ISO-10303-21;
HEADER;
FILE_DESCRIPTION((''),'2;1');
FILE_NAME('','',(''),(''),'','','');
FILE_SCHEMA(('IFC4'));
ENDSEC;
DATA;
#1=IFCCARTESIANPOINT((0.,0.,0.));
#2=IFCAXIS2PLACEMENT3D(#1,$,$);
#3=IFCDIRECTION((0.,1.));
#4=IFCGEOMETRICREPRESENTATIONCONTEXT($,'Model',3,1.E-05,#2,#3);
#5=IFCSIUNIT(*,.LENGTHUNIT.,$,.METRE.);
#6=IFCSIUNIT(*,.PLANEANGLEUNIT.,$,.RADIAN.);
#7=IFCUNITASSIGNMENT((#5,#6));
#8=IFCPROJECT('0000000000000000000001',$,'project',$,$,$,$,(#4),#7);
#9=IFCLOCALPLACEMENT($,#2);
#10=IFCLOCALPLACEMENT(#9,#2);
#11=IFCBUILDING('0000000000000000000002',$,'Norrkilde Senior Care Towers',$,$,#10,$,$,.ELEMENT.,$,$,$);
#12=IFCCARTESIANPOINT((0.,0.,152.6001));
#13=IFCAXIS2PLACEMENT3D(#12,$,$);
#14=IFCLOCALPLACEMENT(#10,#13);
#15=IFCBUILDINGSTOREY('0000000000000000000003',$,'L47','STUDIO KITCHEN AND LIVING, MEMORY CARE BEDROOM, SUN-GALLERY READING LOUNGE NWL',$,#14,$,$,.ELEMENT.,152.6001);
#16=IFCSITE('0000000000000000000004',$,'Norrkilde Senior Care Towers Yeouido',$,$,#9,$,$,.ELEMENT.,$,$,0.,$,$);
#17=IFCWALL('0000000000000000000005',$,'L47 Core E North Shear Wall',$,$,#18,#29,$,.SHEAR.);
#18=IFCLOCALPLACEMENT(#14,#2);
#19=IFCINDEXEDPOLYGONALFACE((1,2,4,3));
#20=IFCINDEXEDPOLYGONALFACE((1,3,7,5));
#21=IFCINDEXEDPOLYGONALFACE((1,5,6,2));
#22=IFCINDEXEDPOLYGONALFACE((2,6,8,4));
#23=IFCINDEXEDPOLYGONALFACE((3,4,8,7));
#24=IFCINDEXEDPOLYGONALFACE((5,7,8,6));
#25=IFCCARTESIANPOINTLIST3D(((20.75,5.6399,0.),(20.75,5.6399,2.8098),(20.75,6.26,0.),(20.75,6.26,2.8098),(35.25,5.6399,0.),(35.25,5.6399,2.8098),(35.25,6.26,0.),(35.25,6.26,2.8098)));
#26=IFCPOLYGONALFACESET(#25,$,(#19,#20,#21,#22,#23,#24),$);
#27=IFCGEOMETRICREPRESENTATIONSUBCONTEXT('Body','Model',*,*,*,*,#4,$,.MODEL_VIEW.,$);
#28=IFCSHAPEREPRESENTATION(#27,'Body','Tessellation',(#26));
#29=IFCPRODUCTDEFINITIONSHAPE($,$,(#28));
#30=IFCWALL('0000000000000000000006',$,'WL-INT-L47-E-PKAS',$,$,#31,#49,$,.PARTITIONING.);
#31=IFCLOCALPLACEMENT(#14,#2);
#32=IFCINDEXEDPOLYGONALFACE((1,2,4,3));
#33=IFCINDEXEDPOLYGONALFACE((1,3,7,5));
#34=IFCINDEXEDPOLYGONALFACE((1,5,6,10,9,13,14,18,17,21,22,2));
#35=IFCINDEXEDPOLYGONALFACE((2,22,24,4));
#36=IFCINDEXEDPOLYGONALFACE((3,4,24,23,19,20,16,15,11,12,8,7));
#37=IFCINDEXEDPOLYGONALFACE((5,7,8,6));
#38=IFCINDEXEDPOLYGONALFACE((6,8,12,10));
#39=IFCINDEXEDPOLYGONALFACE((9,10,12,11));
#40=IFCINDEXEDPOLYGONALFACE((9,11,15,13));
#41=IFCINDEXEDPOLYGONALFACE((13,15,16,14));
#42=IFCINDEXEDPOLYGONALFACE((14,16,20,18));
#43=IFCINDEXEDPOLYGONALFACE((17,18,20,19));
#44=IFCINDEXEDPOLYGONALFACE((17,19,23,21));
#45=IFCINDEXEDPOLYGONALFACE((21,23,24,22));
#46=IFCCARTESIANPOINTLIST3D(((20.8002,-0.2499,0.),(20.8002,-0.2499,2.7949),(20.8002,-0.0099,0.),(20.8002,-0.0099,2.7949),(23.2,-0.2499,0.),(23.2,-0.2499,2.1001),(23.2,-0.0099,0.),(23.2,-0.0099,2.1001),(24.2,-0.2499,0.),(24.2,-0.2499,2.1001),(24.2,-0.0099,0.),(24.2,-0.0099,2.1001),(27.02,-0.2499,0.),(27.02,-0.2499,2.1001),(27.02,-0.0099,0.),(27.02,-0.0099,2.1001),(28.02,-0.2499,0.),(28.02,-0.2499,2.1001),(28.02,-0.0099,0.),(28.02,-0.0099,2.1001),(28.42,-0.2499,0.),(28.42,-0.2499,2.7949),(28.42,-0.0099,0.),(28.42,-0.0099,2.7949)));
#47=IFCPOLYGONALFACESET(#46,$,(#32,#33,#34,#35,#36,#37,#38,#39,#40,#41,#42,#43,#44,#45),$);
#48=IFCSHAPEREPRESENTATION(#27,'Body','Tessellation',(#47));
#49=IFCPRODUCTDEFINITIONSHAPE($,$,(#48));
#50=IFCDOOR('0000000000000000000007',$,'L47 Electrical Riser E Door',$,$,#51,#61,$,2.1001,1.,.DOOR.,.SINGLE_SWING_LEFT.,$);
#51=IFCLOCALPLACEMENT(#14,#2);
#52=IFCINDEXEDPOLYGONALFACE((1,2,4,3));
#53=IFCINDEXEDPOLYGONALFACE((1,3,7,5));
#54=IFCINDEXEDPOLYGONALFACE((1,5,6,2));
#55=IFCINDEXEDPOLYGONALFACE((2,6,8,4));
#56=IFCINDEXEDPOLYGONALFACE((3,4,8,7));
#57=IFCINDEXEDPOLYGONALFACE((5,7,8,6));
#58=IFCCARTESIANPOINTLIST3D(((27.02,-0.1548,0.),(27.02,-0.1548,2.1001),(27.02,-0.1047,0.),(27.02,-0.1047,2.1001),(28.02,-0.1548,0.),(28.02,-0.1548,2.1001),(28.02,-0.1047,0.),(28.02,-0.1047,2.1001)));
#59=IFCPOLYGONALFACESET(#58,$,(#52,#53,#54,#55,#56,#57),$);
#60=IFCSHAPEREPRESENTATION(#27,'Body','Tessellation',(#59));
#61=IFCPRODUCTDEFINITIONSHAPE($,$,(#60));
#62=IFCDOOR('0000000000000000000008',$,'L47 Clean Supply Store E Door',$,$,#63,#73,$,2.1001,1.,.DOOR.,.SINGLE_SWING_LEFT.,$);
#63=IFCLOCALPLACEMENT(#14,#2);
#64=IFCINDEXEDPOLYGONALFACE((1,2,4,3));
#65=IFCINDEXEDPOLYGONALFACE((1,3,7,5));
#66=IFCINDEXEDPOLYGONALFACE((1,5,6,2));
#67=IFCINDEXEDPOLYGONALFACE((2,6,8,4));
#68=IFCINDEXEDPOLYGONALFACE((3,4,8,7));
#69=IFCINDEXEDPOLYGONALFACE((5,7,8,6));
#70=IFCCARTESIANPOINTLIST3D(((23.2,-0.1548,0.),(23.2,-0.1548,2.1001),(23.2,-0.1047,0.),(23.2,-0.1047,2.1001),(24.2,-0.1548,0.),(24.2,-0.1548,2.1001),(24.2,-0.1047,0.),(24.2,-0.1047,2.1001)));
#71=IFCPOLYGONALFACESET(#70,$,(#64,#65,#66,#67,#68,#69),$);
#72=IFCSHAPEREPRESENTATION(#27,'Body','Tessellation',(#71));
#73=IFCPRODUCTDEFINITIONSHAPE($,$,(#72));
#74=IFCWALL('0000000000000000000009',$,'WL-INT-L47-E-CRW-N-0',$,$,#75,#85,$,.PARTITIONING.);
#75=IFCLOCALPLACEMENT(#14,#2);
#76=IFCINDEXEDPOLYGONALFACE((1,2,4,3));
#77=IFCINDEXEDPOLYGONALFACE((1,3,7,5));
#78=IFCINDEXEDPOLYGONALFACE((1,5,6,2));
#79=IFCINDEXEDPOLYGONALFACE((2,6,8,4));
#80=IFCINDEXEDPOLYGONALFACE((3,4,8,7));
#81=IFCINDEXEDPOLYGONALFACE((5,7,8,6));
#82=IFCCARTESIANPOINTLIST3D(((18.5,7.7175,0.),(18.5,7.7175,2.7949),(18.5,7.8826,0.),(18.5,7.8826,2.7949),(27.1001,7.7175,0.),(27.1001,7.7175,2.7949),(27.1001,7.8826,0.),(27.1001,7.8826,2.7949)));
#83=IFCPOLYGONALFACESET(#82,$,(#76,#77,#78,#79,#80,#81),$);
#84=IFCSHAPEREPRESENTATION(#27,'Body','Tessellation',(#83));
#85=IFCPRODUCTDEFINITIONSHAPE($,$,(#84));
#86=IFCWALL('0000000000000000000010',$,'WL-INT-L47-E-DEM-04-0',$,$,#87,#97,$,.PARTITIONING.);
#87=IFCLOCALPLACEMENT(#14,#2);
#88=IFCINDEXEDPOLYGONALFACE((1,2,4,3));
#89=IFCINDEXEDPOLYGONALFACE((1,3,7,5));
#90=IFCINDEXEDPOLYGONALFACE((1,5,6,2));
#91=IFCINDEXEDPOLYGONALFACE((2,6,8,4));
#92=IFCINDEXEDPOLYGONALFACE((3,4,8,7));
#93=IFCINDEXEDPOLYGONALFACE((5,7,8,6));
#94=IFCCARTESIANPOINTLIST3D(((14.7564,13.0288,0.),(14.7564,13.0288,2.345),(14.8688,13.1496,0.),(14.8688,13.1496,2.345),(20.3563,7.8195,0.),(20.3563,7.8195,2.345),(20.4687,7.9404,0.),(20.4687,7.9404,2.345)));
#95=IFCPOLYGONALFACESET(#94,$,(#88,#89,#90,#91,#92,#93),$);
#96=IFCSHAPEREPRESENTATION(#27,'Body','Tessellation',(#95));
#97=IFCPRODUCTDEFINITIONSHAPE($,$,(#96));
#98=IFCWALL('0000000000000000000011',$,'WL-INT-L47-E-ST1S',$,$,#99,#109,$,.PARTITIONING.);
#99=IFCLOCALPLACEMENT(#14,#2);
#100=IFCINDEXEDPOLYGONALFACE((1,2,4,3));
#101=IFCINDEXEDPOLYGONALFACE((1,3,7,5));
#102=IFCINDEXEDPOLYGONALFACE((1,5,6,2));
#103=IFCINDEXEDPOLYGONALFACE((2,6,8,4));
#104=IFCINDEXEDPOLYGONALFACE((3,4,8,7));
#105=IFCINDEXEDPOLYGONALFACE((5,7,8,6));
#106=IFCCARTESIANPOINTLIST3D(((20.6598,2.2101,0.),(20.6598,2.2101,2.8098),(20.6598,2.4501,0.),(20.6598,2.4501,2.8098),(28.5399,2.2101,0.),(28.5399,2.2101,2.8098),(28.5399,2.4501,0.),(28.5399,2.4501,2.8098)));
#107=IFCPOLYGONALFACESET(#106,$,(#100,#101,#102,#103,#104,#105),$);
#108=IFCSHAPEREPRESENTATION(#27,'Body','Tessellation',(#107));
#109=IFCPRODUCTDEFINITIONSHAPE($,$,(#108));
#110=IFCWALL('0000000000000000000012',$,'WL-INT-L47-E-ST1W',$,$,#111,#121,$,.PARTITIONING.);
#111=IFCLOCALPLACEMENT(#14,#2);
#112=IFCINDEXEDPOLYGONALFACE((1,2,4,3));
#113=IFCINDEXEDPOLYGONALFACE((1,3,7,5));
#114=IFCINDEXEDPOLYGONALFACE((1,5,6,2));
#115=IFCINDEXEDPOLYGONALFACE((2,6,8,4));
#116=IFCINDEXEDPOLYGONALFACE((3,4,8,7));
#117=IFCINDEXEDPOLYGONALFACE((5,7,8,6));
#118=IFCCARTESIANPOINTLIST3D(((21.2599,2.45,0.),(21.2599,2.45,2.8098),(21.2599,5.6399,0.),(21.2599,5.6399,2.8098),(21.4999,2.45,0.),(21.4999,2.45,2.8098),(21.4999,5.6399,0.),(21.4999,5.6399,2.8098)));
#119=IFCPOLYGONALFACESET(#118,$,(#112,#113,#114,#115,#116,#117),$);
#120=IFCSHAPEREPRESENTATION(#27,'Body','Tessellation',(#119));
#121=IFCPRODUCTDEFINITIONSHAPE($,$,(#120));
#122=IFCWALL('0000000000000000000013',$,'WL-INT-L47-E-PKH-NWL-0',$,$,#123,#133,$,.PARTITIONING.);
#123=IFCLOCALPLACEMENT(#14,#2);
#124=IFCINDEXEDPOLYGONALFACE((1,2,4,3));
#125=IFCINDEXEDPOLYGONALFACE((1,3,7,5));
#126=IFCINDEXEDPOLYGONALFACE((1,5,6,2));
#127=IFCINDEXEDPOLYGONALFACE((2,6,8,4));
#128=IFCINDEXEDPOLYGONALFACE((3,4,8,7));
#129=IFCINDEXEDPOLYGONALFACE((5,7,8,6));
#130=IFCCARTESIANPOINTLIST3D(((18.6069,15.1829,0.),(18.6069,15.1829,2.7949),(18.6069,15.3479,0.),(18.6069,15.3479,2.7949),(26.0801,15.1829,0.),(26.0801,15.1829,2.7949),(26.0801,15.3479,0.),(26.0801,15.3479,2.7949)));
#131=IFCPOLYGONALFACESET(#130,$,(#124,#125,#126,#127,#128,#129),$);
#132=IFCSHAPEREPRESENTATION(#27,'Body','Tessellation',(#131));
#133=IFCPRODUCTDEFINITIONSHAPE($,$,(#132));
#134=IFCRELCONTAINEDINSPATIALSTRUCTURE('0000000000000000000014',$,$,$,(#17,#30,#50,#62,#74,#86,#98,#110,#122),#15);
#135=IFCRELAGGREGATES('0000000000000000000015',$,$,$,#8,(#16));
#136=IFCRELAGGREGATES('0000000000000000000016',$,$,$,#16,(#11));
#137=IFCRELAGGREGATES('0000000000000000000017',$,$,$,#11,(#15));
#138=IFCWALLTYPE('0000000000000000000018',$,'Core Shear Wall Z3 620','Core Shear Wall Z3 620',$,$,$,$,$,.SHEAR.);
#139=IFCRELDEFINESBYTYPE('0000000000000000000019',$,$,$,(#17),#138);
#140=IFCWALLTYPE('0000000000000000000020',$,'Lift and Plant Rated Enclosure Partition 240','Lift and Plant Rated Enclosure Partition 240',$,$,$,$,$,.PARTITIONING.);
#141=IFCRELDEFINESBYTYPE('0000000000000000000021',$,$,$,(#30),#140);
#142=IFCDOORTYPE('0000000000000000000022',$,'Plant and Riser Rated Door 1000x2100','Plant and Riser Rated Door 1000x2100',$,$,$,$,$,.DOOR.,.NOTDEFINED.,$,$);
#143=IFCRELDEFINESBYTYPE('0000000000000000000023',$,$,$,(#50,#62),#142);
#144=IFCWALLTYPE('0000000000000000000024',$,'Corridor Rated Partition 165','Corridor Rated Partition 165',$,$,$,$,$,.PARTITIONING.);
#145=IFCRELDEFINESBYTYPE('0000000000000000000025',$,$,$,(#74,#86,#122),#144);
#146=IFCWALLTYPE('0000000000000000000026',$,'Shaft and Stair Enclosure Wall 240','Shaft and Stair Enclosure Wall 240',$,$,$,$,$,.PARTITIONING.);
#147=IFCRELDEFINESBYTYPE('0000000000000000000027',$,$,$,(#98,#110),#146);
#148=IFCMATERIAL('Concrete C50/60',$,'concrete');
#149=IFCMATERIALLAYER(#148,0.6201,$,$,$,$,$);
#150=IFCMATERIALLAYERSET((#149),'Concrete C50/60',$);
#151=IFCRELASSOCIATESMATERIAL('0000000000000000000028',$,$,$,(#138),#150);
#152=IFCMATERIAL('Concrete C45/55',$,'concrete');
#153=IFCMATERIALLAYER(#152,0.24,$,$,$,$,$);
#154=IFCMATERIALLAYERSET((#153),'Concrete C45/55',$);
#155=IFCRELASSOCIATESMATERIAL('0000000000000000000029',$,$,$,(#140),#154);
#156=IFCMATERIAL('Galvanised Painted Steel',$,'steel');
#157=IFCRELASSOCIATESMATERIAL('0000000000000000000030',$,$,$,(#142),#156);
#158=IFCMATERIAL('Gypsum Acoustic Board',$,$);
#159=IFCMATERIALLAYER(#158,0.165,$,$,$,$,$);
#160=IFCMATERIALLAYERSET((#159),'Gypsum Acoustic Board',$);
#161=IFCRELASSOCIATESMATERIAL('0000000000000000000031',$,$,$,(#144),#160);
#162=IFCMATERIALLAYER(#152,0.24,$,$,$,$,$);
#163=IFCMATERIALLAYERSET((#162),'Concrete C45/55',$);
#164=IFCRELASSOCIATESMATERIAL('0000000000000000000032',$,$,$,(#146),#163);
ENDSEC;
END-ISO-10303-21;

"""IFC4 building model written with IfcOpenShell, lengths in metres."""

from ifc_helpers import new_model, si_unit, direction, frame, frame_2d, origin, place, context, subcontext, project, spatial, rectangle, extrude, source, transform, mapped, material, layer, layer_set, type_object, type_shapes, element, fill, save


model = new_model("IFC4")

# Units and contexts
model_context = context("Model", 3, precision=1e-05, world=origin(), true_north=direction((0.0, 1.0)))
body_context = subcontext(model_context, "Body", "Model", "MODEL_VIEW")
ifc_project = project(units=[si_unit("LENGTHUNIT", "METRE"), si_unit("PLANEANGLEUNIT", "RADIAN")], contexts=[model_context])

# Site, building, storey
site_placement = place(None, origin())
site = spatial("IfcSite", under=ifc_project, at=site_placement, Name="Norrkilde Senior Care Towers Yeouido", CompositionType="ELEMENT", RefElevation=0.0)
building_placement = place(site_placement, origin())
building = spatial("IfcBuilding", under=site, at=building_placement, Name="Norrkilde Senior Care Towers", CompositionType="ELEMENT")
storey_placement = place(building_placement, frame((0.0, 0.0, 152.6001)))
storey = spatial("IfcBuildingStorey", under=building, at=storey_placement, Name="L47", Description="STUDIO KITCHEN AND LIVING, MEMORY CARE BEDROOM, SUN-GALLERY READING LOUNGE NWL", CompositionType="ELEMENT", Elevation=152.6001)

# Shared definitions
ifc_material_1 = material(Name="Concrete C50/60", Category="concrete")

# Wall
ifc_layer_1 = layer(ifc_material_1, 0.6201)
ifc_layer_set_1 = layer_set([ifc_layer_1], Name="Concrete C50/60")
wall_type_1 = type_object("IfcWallType", Name="Core Shear Wall Z3 620", Description="Core Shear Wall Z3 620", PredefinedType="SHEAR", material=ifc_layer_set_1)
shared_shape_1 = source(origin(), body_context, "Body", "SweptSolid", [
    extrude(rectangle(XDim=14.5, YDim=0.6201, at=frame_2d((7.25, 0.0))), origin(), (0.0, 0.0, 1.0), 2.8098),
])
type_shapes(wall_type_1, [shared_shape_1])
wall_1_placement = place(storey_placement, frame((20.75, 5.95, 0.0), z_axis=(0.0, 0.0, 1.0), x_axis=(1.0, 0.0, 0.0)))
element("IfcWall", 1, at=wall_1_placement, inside=storey, type_object=wall_type_1, Name="L47 Core E North Shear Wall", PredefinedType="SHEAR", context=body_context, shape_type="MappedRepresentation", body=[
    mapped(shared_shape_1, transform((0.0, 0.0, 0.0), x_axis=(1.0, 0.0, 0.0), y_axis=(0.0, 1.0, 0.0), z_axis=(0.0, 0.0, 1.0), scale=1.0)),
])

# Wall, openings, doors
ifc_material_2 = material(Name="Concrete C45/55", Category="concrete")
ifc_layer_2 = layer(ifc_material_2, 0.24)
ifc_layer_set_2 = layer_set([ifc_layer_2], Name="Concrete C45/55")
wall_type_2 = type_object("IfcWallType", Name="Lift and Plant Rated Enclosure Partition 240", Description="Lift and Plant Rated Enclosure Partition 240", PredefinedType="PARTITIONING", material=ifc_layer_set_2)
shared_shape_2 = source(origin(), body_context, "Body", "SweptSolid", [
    extrude(rectangle(XDim=7.6199, YDim=0.24, at=frame_2d((3.8101, 0.0))), origin(), (0.0, 0.0, 1.0), 2.7949),
])
type_shapes(wall_type_2, [shared_shape_2])
wall_2_placement = place(storey_placement, frame((20.8, -0.1299, 0.0), z_axis=(0.0, 0.0, 1.0), x_axis=(1.0, 0.0, 0.0)))
wall_2 = element("IfcWall", 2, at=wall_2_placement, inside=storey, type_object=wall_type_2, Name="WL-INT-L47-E-PKAS", PredefinedType="PARTITIONING", context=body_context, shape_type="MappedRepresentation", body=[
    mapped(shared_shape_2, transform((0.0, 0.0, 0.0), x_axis=(1.0, 0.0, 0.0), y_axis=(0.0, 1.0, 0.0), z_axis=(0.0, 0.0, 1.0), scale=1.0)),
])
opening_1_placement = place(wall_2_placement, frame((6.22, 0.0, 0.0)))
opening_1 = element("IfcOpeningElement", 3, at=opening_1_placement, cuts=wall_2, PredefinedType="OPENING", context=body_context, shape_type="SweptSolid", body=[
    extrude(rectangle(XDim=1.0, YDim=2.1001, at=frame_2d((0.5, 1.05))), frame((0.0, 0.1299, 0.0), z_axis=(0.0, -1.0, 0.0), x_axis=(1.0, 0.0, 0.0)), (0.0, 0.0, 1.0), 0.26),
])
opening_2_placement = place(wall_2_placement, frame((2.3999, 0.0, 0.0)))
opening_2 = element("IfcOpeningElement", 4, at=opening_2_placement, cuts=wall_2, PredefinedType="OPENING", context=body_context, shape_type="SweptSolid", body=[
    extrude(rectangle(XDim=1.0, YDim=2.1001, at=frame_2d((0.5, 1.05))), frame((0.0, 0.1299, 0.0), z_axis=(0.0, -1.0, 0.0), x_axis=(1.0, 0.0, 0.0)), (0.0, 0.0, 1.0), 0.26),
])
ifc_material_3 = material(Name="Galvanised Painted Steel", Category="steel")
door_type_1 = type_object("IfcDoorType", Name="Plant and Riser Rated Door 1000x2100", Description="Plant and Riser Rated Door 1000x2100", OperationType="NOTDEFINED", PredefinedType="DOOR", material=ifc_material_3)
shared_shape_3 = source(origin(), body_context, "Body", "SweptSolid", [
    extrude(rectangle(XDim=1.0, YDim=2.1001, at=frame_2d((0.5, 1.05))), frame((0.0, 0.0249, 0.0), z_axis=(0.0, -1.0, 0.0), x_axis=(1.0, 0.0, 0.0)), (0.0, 0.0, 1.0), 0.05),
])
type_shapes(door_type_1, [shared_shape_3])
door_1_placement = place(opening_1_placement, frame((1.0, 0.0, 0.0), z_axis=(0.0, 0.0, 1.0), x_axis=(-1.0, 0.0, 0.0)))
door_1 = element("IfcDoor", 5, at=door_1_placement, inside=storey, type_object=door_type_1, Name="L47 Electrical Riser E Door", OperationType="SINGLE_SWING_LEFT", OverallHeight=2.1001, OverallWidth=1.0, PredefinedType="DOOR", context=body_context, shape_type="MappedRepresentation", body=[
    mapped(shared_shape_3, transform((0.0, 0.0, 0.0), x_axis=(1.0, 0.0, 0.0), y_axis=(0.0, 1.0, 0.0), z_axis=(0.0, 0.0, 1.0), scale=1.0)),
])
fill(opening_1, door_1)
door_2_placement = place(opening_2_placement, frame((1.0, 0.0, 0.0), z_axis=(0.0, 0.0, 1.0), x_axis=(-1.0, 0.0, 0.0)))
door_2 = element("IfcDoor", 6, at=door_2_placement, inside=storey, type_object=door_type_1, Name="L47 Clean Supply Store E Door", OperationType="SINGLE_SWING_LEFT", OverallHeight=2.1001, OverallWidth=1.0, PredefinedType="DOOR", context=body_context, shape_type="MappedRepresentation", body=[
    mapped(shared_shape_3, transform((0.0, 0.0, 0.0), x_axis=(1.0, 0.0, 0.0), y_axis=(0.0, 1.0, 0.0), z_axis=(0.0, 0.0, 1.0), scale=1.0)),
])
fill(opening_2, door_2)

# Walls
ifc_material_4 = material(Name="Gypsum Acoustic Board")
ifc_layer_3 = layer(ifc_material_4, 0.165)
ifc_layer_set_3 = layer_set([ifc_layer_3], Name="Gypsum Acoustic Board")
wall_type_3 = type_object("IfcWallType", Name="Corridor Rated Partition 165", Description="Corridor Rated Partition 165", PredefinedType="PARTITIONING", material=ifc_layer_set_3)
shared_shape_4 = source(origin(), body_context, "Body", "SweptSolid", [
    extrude(rectangle(XDim=8.6001, YDim=0.165, at=frame_2d((4.3, 0.0))), origin(), (0.0, 0.0, 1.0), 2.7949),
])
wall_3_placement = place(storey_placement, frame((18.5, 7.8, 0.0), z_axis=(0.0, 0.0, 1.0), x_axis=(1.0, 0.0, 0.0)))
element("IfcWall", 7, at=wall_3_placement, inside=storey, type_object=wall_type_3, Name="WL-INT-L47-E-CRW-N-0", PredefinedType="PARTITIONING", context=body_context, shape_type="MappedRepresentation", body=[
    mapped(shared_shape_4, transform((0.0, 0.0, 0.0), x_axis=(1.0, 0.0, 0.0), y_axis=(0.0, 1.0, 0.0), z_axis=(0.0, 0.0, 1.0), scale=1.0)),
])
shared_shape_5 = source(origin(), body_context, "Body", "SweptSolid", [
    extrude(rectangle(XDim=7.6482, YDim=0.165, at=frame_2d((3.8242, 0.0))), origin(), (0.0, 0.0, 1.0), 2.345),
])
wall_4_placement = place(storey_placement, frame((20.4126, 7.8799, 0.0), z_axis=(0.0, 0.0, 1.0), x_axis=(-0.732183, 0.681108, 0.0)))
element("IfcWall", 8, at=wall_4_placement, inside=storey, type_object=wall_type_3, Name="WL-INT-L47-E-DEM-04-0", PredefinedType="PARTITIONING", context=body_context, shape_type="MappedRepresentation", body=[
    mapped(shared_shape_5, transform((0.0, 0.0, 0.0), x_axis=(1.0, 0.0, 0.0), y_axis=(0.0, 1.0, 0.0), z_axis=(0.0, 0.0, 1.0), scale=1.0)),
])
ifc_layer_4 = layer(ifc_material_2, 0.24)
ifc_layer_set_4 = layer_set([ifc_layer_4], Name="Concrete C45/55")
wall_type_4 = type_object("IfcWallType", Name="Shaft and Stair Enclosure Wall 240", Description="Shaft and Stair Enclosure Wall 240", PredefinedType="PARTITIONING", material=ifc_layer_set_4)
shared_shape_6 = source(origin(), body_context, "Body", "SweptSolid", [
    extrude(rectangle(XDim=7.8801, YDim=0.24, at=frame_2d((3.9399, 0.0))), origin(), (0.0, 0.0, 1.0), 2.8098),
])
wall_5_placement = place(storey_placement, frame((20.6599, 2.3301, 0.0), z_axis=(0.0, 0.0, 1.0), x_axis=(1.0, 0.0, 0.0)))
element("IfcWall", 9, at=wall_5_placement, inside=storey, type_object=wall_type_4, Name="WL-INT-L47-E-ST1S", PredefinedType="PARTITIONING", context=body_context, shape_type="MappedRepresentation", body=[
    mapped(shared_shape_6, transform((0.0, 0.0, 0.0), x_axis=(1.0, 0.0, 0.0), y_axis=(0.0, 1.0, 0.0), z_axis=(0.0, 0.0, 1.0), scale=1.0)),
])
shared_shape_7 = source(origin(), body_context, "Body", "SweptSolid", [
    extrude(rectangle(XDim=3.1899, YDim=0.24, at=frame_2d((1.595, 0.0))), origin(), (0.0, 0.0, 1.0), 2.8098),
])
type_shapes(wall_type_4, [shared_shape_6, shared_shape_7])
wall_6_placement = place(storey_placement, frame((21.3799, 2.45, 0.0), z_axis=(0.0, 0.0, 1.0), x_axis=(0.0, 1.0, 0.0)))
element("IfcWall", 10, at=wall_6_placement, inside=storey, type_object=wall_type_4, Name="WL-INT-L47-E-ST1W", PredefinedType="PARTITIONING", context=body_context, shape_type="MappedRepresentation", body=[
    mapped(shared_shape_7, transform((0.0, 0.0, 0.0), x_axis=(1.0, 0.0, 0.0), y_axis=(0.0, 1.0, 0.0), z_axis=(0.0, 0.0, 1.0), scale=1.0)),
])
shared_shape_8 = source(origin(), body_context, "Body", "SweptSolid", [
    extrude(rectangle(XDim=7.4731, YDim=0.165, at=frame_2d((3.7366, 0.0))), origin(), (0.0, 0.0, 1.0), 2.7949),
])
type_shapes(wall_type_3, [shared_shape_4, shared_shape_5, shared_shape_8])
wall_7_placement = place(storey_placement, frame((18.6069, 15.2654, 0.0), z_axis=(0.0, 0.0, 1.0), x_axis=(1.0, 0.0, 0.0)))
element("IfcWall", 11, at=wall_7_placement, inside=storey, type_object=wall_type_3, Name="WL-INT-L47-E-PKH-NWL-0", PredefinedType="PARTITIONING", context=body_context, shape_type="MappedRepresentation", body=[
    mapped(shared_shape_8, transform((0.0, 0.0, 0.0), x_axis=(1.0, 0.0, 0.0), y_axis=(0.0, 1.0, 0.0), z_axis=(0.0, 0.0, 1.0), scale=1.0)),
])

save(model, "model.ifc")
